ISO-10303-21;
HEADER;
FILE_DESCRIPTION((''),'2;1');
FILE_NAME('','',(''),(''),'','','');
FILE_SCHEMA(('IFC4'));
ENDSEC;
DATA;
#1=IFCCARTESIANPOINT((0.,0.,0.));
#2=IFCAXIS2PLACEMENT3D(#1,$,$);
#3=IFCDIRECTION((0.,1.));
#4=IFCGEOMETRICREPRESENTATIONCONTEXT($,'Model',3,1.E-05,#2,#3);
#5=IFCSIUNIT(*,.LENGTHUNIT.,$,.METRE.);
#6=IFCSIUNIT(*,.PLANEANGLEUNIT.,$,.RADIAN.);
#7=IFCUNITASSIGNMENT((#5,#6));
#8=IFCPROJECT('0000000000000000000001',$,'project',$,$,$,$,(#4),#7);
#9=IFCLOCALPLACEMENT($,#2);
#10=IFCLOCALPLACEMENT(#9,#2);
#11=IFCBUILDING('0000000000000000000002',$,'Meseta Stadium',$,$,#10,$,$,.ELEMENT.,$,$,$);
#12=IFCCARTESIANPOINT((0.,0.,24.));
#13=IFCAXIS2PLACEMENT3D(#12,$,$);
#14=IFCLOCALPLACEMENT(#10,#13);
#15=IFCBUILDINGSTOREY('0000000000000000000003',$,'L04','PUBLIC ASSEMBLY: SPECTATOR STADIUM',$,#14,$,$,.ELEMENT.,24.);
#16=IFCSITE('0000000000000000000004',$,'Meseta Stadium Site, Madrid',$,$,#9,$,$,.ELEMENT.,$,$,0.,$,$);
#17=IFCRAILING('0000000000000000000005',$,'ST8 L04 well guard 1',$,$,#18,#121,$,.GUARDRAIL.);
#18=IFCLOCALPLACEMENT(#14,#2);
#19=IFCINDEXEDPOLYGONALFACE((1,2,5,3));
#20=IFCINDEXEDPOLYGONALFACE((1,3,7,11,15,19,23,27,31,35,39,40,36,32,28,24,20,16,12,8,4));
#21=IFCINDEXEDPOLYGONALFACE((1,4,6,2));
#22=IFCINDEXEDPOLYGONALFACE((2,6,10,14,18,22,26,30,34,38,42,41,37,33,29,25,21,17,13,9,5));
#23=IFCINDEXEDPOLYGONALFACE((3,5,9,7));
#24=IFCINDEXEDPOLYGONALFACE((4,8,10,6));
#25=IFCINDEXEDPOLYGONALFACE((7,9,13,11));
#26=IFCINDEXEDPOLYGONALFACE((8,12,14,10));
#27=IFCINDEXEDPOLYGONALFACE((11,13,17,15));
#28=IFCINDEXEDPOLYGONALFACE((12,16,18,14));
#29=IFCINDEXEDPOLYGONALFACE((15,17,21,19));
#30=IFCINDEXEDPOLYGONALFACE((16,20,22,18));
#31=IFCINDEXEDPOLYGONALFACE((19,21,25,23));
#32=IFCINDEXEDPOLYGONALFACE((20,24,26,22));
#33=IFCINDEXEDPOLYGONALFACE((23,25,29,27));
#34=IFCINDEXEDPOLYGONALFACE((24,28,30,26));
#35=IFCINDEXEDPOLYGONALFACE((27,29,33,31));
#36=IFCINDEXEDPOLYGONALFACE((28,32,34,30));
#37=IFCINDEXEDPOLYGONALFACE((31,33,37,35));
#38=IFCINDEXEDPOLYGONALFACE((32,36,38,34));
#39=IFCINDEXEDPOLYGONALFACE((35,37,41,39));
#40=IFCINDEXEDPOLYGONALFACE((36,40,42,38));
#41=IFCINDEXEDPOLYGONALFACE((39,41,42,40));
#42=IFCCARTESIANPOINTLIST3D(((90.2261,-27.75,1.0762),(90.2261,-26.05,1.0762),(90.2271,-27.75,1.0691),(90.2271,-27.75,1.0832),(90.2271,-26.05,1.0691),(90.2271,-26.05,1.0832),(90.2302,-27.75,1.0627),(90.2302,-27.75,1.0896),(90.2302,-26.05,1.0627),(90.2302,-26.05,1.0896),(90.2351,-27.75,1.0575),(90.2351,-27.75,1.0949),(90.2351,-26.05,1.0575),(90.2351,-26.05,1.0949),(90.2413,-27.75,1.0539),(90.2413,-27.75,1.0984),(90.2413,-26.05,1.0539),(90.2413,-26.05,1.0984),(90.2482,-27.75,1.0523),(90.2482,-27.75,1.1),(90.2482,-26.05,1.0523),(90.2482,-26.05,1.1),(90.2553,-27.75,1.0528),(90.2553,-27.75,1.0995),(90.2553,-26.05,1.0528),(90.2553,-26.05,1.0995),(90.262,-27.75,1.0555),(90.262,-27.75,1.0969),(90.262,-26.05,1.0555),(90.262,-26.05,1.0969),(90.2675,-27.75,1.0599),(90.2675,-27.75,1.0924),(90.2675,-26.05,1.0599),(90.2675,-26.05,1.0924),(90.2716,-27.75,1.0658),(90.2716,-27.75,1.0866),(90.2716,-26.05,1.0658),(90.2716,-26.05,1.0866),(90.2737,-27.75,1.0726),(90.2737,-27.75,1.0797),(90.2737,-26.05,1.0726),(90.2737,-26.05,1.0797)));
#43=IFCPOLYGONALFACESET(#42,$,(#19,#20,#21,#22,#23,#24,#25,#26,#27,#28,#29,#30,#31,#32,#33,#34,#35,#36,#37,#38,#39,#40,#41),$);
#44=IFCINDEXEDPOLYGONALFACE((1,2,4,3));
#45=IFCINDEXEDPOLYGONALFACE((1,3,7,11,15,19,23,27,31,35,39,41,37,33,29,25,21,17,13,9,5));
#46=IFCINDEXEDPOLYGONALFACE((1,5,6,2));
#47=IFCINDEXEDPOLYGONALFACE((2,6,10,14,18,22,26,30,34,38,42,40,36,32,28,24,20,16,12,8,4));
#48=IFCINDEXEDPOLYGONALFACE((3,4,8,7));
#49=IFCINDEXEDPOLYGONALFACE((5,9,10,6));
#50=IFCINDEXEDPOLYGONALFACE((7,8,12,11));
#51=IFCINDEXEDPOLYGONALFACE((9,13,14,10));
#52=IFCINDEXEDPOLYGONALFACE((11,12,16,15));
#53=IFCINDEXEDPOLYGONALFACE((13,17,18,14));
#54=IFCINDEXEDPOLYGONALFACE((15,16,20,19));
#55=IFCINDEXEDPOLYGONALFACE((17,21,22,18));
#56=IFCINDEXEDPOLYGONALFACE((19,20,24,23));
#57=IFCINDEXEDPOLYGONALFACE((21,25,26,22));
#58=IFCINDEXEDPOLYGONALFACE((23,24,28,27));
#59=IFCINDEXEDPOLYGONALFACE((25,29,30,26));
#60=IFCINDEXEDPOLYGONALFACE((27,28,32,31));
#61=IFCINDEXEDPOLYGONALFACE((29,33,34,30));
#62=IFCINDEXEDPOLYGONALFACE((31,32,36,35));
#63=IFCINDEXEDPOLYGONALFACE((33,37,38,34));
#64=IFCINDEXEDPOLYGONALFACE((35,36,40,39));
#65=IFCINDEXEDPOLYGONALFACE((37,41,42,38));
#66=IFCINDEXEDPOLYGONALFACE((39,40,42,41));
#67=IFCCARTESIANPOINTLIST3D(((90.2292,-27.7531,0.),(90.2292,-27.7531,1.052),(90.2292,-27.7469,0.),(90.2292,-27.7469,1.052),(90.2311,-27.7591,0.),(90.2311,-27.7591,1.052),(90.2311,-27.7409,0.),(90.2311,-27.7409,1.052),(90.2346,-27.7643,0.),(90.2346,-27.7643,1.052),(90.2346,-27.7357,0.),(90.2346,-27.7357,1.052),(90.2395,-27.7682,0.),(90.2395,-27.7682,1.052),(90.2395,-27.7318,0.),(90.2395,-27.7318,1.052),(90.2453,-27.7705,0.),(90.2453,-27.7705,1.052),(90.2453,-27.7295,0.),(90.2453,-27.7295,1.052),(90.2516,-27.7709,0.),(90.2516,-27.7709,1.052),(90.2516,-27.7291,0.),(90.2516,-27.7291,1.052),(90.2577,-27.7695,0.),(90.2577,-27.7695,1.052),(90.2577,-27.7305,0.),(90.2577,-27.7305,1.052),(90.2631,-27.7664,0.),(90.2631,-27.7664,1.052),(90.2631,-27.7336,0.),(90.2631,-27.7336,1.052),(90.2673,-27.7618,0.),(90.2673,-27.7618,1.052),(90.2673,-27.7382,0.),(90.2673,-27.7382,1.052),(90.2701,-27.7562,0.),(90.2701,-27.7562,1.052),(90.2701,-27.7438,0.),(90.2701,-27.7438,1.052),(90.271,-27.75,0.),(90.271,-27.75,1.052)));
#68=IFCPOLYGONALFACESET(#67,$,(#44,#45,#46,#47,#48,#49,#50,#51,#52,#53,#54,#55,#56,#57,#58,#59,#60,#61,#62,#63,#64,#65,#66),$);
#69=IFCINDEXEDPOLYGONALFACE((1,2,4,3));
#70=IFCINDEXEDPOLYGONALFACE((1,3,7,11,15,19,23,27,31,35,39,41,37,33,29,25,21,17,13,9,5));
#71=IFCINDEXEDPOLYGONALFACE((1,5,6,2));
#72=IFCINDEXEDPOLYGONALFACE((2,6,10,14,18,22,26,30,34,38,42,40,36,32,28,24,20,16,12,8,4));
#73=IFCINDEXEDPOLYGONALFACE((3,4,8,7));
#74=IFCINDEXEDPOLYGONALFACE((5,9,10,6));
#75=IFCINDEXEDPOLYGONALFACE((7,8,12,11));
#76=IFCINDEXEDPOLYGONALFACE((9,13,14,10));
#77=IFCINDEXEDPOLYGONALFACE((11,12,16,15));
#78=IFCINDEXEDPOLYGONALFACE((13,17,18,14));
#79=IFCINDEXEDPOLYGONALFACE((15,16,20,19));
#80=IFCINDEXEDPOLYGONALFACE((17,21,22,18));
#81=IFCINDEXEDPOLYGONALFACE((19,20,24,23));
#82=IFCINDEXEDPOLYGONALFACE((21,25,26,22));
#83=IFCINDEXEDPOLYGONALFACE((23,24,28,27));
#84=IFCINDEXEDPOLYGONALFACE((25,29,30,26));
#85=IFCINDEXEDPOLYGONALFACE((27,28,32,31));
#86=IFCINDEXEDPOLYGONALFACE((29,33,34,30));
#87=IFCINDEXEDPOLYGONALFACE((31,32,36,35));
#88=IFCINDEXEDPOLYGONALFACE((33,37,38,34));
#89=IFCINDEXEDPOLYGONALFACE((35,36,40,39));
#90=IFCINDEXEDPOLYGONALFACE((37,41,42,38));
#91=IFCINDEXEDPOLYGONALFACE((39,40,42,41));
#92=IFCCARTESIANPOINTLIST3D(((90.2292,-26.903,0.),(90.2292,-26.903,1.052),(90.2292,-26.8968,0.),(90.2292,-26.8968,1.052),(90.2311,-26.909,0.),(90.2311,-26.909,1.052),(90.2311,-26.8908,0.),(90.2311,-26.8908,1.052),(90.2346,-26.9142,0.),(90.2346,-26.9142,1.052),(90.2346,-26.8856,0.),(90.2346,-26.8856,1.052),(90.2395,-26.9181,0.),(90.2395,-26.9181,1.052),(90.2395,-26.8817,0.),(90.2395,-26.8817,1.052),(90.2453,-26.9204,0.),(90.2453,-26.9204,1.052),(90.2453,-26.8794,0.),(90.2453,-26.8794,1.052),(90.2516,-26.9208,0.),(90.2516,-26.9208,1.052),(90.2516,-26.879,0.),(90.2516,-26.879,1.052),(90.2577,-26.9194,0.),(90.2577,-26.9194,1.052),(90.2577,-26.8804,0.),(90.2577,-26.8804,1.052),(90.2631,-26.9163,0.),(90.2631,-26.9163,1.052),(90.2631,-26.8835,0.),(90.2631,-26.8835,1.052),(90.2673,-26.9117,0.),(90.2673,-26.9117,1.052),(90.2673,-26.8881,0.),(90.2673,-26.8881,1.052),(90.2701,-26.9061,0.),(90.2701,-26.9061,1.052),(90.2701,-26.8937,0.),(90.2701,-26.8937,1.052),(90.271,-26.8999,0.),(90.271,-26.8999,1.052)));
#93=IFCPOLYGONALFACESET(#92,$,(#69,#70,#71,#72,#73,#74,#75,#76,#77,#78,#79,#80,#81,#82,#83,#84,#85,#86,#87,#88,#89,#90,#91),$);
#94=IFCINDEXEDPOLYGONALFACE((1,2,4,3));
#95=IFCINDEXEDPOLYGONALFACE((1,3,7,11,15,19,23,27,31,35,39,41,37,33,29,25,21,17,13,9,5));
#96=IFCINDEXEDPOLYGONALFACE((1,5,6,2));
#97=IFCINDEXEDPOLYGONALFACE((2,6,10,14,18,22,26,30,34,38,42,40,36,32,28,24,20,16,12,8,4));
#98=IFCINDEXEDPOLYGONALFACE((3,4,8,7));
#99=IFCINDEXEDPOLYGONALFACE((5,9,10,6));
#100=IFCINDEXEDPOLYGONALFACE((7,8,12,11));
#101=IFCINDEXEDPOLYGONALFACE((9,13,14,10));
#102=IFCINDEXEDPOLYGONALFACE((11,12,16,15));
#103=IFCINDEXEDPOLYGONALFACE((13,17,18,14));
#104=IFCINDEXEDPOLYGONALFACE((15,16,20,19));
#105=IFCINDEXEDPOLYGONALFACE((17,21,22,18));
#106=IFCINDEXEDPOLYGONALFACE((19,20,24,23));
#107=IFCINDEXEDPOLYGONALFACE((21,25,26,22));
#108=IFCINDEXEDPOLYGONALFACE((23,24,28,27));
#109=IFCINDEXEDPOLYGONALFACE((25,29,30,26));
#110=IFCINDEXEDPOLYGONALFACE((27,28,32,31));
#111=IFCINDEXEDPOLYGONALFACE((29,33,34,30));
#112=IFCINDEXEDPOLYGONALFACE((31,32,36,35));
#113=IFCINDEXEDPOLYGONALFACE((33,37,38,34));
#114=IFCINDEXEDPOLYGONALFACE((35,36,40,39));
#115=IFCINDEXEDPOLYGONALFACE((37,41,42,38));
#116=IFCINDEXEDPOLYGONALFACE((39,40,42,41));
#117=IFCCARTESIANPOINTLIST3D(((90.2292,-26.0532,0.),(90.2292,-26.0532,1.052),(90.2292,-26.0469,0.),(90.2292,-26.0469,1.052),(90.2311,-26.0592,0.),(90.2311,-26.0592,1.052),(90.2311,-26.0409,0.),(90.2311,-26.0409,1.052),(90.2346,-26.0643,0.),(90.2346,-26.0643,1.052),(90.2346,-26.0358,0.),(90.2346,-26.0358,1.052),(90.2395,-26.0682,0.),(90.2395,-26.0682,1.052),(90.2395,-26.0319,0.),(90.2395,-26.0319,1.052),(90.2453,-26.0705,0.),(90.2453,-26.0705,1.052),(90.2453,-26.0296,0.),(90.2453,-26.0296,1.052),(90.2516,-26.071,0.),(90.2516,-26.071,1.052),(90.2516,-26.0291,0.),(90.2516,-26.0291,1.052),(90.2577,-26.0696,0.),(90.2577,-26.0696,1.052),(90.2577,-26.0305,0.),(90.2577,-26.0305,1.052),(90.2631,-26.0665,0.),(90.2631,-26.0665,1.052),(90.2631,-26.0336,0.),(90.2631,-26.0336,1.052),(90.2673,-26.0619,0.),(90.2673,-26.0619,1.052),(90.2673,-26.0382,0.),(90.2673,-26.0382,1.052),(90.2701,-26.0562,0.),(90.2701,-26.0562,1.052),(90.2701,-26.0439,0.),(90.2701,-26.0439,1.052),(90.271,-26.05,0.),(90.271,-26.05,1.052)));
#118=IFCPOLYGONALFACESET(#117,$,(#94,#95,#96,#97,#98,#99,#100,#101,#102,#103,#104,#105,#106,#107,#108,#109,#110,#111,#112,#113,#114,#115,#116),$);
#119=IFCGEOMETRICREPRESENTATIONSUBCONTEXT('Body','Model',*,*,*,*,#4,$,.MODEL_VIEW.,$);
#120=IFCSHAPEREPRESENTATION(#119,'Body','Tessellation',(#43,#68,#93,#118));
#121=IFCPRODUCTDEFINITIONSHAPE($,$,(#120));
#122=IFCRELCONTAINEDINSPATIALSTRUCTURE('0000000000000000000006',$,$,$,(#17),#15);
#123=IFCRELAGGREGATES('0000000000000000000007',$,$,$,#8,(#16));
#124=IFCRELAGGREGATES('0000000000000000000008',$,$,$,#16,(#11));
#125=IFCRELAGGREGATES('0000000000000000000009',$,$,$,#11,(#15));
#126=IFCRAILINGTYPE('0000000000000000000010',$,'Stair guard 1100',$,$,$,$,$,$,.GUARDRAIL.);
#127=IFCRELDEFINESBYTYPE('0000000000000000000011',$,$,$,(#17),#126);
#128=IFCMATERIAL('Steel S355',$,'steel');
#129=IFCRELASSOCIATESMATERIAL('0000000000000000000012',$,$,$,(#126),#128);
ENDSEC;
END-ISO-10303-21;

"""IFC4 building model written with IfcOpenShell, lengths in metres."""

from ifc_helpers import new_model, si_unit, direction, frame, origin, origin_2d, place, context, subcontext, project, spatial, circle, extrude, material, type_object, element, save


model = new_model("IFC4")

# Units and contexts
model_context = context("Model", 3, precision=1e-05, world=origin(), true_north=direction((0.0, 1.0)))
body_context = subcontext(model_context, "Body", "Model", "MODEL_VIEW")
ifc_project = project(units=[si_unit("LENGTHUNIT", "METRE"), si_unit("PLANEANGLEUNIT", "RADIAN")], contexts=[model_context])

# Site, building, storey
site_placement = place(None, origin())
site = spatial("IfcSite", under=ifc_project, at=site_placement, Name="Meseta Stadium Site, Madrid", CompositionType="ELEMENT", RefElevation=0.0)
building_placement = place(site_placement, origin())
building = spatial("IfcBuilding", under=site, at=building_placement, Name="Meseta Stadium", CompositionType="ELEMENT")
storey_placement = place(building_placement, frame((0.0, 0.0, 24.0)))
storey = spatial("IfcBuildingStorey", under=building, at=storey_placement, Name="L04", Description="PUBLIC ASSEMBLY: SPECTATOR STADIUM", CompositionType="ELEMENT", Elevation=24.0)

# Railing
ifc_material_1 = material(Name="Steel S355", Category="steel")
railing_type = type_object("IfcRailingType", Name="Stair guard 1100", PredefinedType="GUARDRAIL", material=ifc_material_1)
for number, where, name in (
    (1, (90.25, -27.75, 0.0), "ST8 L04 well guard 1"),
):
    element("IfcRailing", number, at=place(storey_placement, frame(where)), inside=storey, type_object=railing_type, Name=name, PredefinedType="GUARDRAIL", context=body_context, shape_type="SweptSolid", body=[
        extrude(circle(Radius=0.0239, at=origin_2d()), frame((0.0, 0.0, 1.0762), z_axis=(0.0, 1.0, 0.0), x_axis=(-1.0, 0.0, 0.0)), (0.0, 0.0, 1.0), 1.7),
        extrude(circle(Radius=0.021, at=origin_2d()), origin(), (0.0, 0.0, 1.0), 1.052),
        extrude(circle(Radius=0.021, at=origin_2d()), frame((0.0, 0.8501, 0.0)), (0.0, 0.0, 1.0), 1.052),
        extrude(circle(Radius=0.021, at=origin_2d()), frame((0.0, 1.7, 0.0)), (0.0, 0.0, 1.0), 1.052),
    ])

save(model, "model.ifc")
